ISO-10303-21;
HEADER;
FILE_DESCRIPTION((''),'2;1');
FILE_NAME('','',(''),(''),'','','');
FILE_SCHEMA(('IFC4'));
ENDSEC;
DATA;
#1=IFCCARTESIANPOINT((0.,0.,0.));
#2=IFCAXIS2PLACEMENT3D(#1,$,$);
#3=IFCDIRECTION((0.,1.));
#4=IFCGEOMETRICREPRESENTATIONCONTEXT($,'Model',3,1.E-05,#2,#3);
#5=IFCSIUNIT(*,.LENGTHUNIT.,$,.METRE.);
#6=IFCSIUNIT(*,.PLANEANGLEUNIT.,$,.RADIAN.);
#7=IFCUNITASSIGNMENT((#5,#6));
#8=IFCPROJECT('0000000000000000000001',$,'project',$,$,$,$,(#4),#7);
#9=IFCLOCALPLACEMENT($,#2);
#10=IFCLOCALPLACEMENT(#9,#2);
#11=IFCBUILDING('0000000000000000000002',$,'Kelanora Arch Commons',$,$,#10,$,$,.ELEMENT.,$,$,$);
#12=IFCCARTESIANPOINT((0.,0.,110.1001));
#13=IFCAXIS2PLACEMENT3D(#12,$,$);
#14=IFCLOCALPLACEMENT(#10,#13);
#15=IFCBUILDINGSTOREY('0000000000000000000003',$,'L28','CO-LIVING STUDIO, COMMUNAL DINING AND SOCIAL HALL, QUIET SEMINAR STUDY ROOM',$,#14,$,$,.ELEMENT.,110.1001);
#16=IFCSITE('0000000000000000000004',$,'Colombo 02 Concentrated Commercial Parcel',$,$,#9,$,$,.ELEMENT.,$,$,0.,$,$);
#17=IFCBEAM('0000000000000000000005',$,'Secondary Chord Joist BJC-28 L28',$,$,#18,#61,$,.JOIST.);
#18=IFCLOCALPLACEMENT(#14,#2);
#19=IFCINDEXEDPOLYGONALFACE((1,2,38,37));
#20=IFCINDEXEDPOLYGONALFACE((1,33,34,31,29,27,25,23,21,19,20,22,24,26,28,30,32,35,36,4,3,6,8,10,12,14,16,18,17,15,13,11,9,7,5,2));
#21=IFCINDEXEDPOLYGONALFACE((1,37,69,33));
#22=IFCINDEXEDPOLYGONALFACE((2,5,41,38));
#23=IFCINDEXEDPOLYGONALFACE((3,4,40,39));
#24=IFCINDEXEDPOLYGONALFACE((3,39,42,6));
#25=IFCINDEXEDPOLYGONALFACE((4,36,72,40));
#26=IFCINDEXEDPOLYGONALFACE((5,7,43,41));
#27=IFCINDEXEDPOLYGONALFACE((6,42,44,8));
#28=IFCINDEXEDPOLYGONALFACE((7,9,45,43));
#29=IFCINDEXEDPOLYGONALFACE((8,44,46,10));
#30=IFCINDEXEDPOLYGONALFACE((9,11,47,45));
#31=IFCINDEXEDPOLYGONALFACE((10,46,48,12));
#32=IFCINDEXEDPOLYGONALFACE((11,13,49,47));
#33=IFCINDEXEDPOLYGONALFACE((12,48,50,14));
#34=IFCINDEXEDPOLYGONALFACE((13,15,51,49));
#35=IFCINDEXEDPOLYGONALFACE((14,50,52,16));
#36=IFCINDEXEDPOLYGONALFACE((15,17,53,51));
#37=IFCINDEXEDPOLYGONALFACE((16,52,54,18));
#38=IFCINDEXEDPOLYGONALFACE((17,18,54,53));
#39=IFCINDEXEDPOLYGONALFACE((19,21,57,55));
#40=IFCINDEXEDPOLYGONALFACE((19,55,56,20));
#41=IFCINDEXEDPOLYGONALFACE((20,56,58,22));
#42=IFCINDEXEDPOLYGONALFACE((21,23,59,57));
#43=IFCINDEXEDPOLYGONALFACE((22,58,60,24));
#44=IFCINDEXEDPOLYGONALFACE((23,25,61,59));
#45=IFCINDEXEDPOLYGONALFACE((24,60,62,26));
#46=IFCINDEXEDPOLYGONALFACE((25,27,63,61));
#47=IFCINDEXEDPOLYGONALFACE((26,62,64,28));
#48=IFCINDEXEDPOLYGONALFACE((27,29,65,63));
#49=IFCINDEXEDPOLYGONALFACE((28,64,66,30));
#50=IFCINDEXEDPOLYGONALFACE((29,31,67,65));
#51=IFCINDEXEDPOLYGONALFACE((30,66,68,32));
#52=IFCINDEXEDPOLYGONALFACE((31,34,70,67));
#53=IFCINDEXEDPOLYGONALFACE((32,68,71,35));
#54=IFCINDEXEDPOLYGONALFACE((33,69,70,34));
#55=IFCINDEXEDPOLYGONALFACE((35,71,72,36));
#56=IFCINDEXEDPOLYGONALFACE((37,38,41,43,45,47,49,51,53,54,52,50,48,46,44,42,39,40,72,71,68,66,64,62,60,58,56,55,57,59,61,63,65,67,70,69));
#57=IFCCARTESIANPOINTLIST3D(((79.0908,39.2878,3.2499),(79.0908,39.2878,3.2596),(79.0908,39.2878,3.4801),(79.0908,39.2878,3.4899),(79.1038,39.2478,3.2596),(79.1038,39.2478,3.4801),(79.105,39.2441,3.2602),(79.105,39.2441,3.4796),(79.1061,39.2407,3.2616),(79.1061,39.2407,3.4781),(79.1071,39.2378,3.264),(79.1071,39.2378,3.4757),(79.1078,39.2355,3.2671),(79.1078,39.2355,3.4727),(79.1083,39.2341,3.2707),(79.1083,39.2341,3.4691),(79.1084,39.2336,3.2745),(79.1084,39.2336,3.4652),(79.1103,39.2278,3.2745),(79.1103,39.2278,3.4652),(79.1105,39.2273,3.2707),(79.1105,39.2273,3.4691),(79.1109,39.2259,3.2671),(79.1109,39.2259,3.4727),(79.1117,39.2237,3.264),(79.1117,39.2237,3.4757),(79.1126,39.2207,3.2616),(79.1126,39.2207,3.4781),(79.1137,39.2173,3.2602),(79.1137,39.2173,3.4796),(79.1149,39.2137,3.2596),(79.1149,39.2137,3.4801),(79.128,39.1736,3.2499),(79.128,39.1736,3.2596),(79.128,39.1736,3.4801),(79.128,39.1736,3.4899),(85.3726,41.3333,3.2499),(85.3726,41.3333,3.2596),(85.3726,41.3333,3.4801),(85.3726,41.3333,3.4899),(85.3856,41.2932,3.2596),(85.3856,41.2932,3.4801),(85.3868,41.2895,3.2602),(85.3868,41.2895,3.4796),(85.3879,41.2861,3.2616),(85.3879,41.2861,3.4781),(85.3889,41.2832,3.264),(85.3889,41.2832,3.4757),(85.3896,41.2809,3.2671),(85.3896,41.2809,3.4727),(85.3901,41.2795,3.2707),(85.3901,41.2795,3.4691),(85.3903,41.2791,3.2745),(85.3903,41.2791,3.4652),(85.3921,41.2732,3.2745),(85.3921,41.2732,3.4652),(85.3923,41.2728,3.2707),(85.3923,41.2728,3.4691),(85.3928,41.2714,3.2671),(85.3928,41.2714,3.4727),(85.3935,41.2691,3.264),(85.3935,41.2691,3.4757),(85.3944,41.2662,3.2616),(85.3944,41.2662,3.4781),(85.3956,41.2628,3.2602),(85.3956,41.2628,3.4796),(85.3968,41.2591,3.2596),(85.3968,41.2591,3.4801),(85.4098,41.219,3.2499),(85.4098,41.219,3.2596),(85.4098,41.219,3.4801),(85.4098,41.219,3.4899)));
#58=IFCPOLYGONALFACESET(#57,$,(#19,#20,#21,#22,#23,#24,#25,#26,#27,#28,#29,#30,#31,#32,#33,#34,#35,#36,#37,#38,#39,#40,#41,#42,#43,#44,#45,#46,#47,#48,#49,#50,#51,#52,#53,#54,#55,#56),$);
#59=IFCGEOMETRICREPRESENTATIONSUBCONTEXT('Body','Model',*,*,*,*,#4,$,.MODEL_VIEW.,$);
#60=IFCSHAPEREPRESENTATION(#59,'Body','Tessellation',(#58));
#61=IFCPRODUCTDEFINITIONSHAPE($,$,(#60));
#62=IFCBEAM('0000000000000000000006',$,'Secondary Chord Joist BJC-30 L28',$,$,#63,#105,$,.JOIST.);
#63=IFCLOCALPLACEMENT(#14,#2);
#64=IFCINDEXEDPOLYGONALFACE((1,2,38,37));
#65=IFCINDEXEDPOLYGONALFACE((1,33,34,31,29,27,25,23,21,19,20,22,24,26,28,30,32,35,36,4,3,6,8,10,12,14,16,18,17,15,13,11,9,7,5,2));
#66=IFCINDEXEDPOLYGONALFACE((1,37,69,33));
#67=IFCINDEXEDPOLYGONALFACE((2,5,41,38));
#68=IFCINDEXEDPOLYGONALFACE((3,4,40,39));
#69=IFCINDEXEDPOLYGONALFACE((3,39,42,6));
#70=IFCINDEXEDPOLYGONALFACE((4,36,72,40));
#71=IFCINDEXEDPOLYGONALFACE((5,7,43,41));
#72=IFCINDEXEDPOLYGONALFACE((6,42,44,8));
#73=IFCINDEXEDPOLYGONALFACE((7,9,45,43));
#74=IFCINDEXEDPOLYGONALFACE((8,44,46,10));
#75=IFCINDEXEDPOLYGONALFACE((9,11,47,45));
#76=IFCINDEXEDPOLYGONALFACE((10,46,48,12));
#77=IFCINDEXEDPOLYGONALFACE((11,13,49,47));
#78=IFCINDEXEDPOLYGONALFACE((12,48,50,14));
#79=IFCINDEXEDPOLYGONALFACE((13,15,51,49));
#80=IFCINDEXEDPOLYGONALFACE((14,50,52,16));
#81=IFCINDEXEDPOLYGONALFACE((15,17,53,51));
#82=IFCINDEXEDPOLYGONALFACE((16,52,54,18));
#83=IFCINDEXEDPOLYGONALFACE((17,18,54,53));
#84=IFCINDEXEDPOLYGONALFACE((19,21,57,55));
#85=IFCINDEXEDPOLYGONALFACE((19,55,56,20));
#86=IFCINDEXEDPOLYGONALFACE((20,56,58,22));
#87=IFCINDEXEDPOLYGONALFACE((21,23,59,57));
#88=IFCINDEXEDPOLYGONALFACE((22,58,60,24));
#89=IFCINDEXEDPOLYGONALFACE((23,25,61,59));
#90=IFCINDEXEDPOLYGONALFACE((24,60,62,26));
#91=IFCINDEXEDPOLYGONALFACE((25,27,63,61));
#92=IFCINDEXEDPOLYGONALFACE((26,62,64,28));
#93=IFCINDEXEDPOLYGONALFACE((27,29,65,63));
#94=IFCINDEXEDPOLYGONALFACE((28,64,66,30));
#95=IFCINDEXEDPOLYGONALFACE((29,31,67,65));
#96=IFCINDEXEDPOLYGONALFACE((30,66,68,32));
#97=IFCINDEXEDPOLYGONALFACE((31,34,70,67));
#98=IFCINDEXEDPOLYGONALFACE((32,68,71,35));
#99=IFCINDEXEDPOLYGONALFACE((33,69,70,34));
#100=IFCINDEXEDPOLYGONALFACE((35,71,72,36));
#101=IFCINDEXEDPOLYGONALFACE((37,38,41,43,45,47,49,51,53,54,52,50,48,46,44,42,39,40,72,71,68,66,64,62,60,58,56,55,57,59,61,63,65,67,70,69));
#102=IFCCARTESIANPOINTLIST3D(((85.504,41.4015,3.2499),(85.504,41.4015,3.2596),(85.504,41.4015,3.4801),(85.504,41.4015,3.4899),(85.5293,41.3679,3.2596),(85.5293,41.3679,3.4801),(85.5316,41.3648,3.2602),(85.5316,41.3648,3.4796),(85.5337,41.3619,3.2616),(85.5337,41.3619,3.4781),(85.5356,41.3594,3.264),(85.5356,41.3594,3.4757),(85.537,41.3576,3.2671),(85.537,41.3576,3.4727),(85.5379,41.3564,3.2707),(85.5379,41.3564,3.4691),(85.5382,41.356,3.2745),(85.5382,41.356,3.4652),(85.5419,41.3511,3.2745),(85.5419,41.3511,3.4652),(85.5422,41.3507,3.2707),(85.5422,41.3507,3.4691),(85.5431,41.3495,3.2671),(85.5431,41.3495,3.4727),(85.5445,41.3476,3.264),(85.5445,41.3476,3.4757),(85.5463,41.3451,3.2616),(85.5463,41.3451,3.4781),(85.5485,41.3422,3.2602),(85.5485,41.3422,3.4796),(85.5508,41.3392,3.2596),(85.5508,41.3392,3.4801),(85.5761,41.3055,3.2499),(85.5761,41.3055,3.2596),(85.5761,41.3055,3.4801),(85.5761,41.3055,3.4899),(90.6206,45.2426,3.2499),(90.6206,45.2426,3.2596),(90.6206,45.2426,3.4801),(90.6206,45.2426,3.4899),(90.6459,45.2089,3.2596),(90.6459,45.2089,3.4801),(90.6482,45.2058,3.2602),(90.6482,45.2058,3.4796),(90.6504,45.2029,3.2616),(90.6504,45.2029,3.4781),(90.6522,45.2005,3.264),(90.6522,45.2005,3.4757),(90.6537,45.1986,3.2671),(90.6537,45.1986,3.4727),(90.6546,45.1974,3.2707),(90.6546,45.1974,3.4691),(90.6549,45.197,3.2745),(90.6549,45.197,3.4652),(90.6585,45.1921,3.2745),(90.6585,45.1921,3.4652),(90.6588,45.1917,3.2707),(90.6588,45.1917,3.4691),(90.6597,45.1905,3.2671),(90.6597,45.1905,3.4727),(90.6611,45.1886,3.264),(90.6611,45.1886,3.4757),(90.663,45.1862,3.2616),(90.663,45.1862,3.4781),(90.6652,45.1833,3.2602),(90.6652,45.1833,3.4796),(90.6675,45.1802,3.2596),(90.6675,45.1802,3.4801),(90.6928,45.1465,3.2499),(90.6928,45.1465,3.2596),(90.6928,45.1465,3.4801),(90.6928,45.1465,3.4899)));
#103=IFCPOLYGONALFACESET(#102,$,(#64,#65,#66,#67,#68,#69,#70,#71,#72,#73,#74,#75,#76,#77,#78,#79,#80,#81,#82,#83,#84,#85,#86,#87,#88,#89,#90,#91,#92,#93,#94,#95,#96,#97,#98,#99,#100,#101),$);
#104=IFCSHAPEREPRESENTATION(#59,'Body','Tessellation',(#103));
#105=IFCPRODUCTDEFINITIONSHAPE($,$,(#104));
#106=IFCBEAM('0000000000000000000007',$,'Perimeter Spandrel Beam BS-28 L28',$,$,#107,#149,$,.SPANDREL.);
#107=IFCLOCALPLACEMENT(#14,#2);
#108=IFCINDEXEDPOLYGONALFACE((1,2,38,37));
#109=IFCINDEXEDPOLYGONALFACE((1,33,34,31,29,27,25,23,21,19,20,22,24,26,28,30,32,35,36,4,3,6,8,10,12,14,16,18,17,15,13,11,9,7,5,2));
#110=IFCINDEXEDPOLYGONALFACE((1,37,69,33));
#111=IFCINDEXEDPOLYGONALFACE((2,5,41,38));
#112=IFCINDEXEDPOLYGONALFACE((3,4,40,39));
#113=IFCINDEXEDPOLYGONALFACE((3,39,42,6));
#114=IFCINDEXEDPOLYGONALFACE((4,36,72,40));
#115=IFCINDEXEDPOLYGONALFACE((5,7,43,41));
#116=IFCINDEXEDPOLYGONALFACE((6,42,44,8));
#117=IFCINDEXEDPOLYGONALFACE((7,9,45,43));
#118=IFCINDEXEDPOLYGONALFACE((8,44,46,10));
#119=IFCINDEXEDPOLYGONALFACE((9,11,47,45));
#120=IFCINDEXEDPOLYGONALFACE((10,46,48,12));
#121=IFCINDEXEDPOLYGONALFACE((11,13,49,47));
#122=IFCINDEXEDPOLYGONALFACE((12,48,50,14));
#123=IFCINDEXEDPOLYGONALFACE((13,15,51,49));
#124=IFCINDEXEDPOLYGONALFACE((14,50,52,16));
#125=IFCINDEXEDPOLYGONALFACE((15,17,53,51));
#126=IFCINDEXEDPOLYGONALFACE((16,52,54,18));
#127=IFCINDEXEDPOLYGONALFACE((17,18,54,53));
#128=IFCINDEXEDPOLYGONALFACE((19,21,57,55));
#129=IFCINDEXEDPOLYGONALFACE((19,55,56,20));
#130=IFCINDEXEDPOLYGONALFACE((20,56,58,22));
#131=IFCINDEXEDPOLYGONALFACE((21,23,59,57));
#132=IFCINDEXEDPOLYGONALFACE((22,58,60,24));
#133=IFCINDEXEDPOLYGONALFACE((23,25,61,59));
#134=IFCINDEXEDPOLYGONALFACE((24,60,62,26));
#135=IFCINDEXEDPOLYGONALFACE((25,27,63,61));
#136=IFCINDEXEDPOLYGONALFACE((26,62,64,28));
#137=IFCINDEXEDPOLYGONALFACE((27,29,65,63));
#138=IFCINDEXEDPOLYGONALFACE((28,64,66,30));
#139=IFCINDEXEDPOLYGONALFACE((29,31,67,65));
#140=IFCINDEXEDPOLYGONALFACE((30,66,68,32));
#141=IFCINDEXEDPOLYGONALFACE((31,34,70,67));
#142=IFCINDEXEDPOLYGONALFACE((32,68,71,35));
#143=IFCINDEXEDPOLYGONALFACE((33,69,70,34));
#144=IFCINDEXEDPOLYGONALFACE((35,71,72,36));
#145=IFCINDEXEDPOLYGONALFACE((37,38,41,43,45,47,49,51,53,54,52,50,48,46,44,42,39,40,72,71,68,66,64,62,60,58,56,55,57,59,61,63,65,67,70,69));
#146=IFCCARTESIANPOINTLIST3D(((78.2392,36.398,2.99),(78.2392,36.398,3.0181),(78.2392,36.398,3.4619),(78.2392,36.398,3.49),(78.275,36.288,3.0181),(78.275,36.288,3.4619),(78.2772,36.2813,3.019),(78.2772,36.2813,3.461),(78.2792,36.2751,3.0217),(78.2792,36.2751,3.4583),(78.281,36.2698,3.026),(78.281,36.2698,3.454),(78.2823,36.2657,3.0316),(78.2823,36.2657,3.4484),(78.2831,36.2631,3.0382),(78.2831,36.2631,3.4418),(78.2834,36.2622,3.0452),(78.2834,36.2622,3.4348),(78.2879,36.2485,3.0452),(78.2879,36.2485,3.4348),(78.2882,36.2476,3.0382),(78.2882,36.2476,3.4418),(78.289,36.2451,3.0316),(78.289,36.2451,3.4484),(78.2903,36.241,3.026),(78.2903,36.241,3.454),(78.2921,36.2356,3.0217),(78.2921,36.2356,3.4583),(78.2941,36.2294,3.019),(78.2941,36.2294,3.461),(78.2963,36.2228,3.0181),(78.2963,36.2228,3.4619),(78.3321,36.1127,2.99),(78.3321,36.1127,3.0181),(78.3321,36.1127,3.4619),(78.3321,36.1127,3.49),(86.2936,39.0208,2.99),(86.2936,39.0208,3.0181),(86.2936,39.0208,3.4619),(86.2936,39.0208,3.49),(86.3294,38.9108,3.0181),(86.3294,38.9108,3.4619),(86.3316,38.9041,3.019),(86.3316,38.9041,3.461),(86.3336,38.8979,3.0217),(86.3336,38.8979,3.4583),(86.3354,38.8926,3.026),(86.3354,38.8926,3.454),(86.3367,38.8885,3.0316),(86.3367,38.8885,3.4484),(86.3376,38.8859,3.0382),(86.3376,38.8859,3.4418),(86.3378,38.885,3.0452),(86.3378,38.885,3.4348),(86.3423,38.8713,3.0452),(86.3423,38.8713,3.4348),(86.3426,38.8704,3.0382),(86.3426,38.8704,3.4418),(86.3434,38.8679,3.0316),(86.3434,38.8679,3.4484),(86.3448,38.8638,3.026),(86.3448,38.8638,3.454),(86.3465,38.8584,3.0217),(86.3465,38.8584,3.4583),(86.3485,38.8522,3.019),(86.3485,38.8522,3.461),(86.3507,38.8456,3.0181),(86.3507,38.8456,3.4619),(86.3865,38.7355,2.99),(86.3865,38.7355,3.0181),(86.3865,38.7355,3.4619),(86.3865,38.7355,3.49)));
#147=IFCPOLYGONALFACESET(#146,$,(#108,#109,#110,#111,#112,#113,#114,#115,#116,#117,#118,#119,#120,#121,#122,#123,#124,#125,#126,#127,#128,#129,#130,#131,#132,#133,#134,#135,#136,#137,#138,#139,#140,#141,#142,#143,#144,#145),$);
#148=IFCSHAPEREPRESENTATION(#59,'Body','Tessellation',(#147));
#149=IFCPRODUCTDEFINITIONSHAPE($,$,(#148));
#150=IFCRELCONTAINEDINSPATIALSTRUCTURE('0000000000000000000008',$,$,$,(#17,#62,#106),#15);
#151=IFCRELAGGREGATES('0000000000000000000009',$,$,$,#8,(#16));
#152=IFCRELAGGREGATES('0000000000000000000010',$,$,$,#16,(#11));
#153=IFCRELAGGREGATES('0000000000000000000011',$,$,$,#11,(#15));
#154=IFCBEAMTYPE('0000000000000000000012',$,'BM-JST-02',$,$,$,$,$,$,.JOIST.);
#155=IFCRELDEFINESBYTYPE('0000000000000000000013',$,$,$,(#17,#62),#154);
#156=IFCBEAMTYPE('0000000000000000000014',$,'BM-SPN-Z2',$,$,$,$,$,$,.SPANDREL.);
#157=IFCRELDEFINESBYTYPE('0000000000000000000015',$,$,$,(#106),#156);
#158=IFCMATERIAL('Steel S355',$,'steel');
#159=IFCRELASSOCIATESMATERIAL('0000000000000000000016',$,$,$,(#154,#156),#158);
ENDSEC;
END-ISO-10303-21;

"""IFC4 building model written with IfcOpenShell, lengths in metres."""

from ifc_helpers import new_model, si_unit, direction, frame, origin, origin_2d, place, context, subcontext, project, spatial, i_section, extrude, material, material_profile, profile_set, type_object, element, save


model = new_model("IFC4")

# Units and contexts
model_context = context("Model", 3, precision=1e-05, world=origin(), true_north=direction((0.0, 1.0)))
body_context = subcontext(model_context, "Body", "Model", "MODEL_VIEW")
ifc_project = project(units=[si_unit("LENGTHUNIT", "METRE"), si_unit("PLANEANGLEUNIT", "RADIAN")], contexts=[model_context])

# Site, building, storey
site_placement = place(None, origin())
site = spatial("IfcSite", under=ifc_project, at=site_placement, Name="Colombo 02 Concentrated Commercial Parcel", CompositionType="ELEMENT", RefElevation=0.0)
building_placement = place(site_placement, origin())
building = spatial("IfcBuilding", under=site, at=building_placement, Name="Kelanora Arch Commons", CompositionType="ELEMENT")
storey_placement = place(building_placement, frame((0.0, 0.0, 110.1001)))
storey = spatial("IfcBuildingStorey", under=building, at=storey_placement, Name="L28", Description="CO-LIVING STUDIO, COMMUNAL DINING AND SOCIAL HALL, QUIET SEMINAR STUDY ROOM", CompositionType="ELEMENT", Elevation=110.1001)

# Beams
ifc_material_1 = material(Name="Steel S355", Category="steel")
ifc_material_profile_1 = material_profile(ifc_material_1, i_section(OverallWidth=0.1201, OverallDepth=0.24, WebThickness=0.0061, FlangeThickness=0.0098, FilletRadius=0.0149, at=origin_2d()), Name="IPE240")
ifc_profile_set_1 = profile_set([ifc_material_profile_1], Name="Steel S355")
beam_type_1 = type_object("IfcBeamType", Name="BM-JST-02", PredefinedType="JOIST", material=ifc_profile_set_1)
beam_1_placement = place(storey_placement, frame((79.1094, 39.2307, 3.3699), z_axis=(0.950863, 0.309612, 0.0), x_axis=(-0.309612, 0.950863, 0.0)))
element("IfcBeam", 1, at=beam_1_placement, inside=storey, type_object=beam_type_1, Name="Secondary Chord Joist BJC-28 L28", PredefinedType="JOIST", context=body_context, shape_type="SweptSolid", body=[
    extrude(i_section(OverallWidth=0.1201, OverallDepth=0.24, WebThickness=0.0061, FlangeThickness=0.0098, FilletRadius=0.0149, at=origin_2d()), origin(), (0.0, 0.0, 1.0), 6.6064),
])
beam_2_placement = place(storey_placement, frame((85.54, 41.3535, 3.3699), z_axis=(0.799734, 0.600354, 0.0), x_axis=(-0.600354, 0.799734, 0.0)))
element("IfcBeam", 2, at=beam_2_placement, inside=storey, type_object=beam_type_1, Name="Secondary Chord Joist BJC-30 L28", PredefinedType="JOIST", context=body_context, shape_type="SweptSolid", body=[
    extrude(i_section(OverallWidth=0.1201, OverallDepth=0.24, WebThickness=0.0061, FlangeThickness=0.0098, FilletRadius=0.0149, at=origin_2d()), origin(), (0.0, 0.0, 1.0), 6.3979),
])
ifc_material_profile_2 = material_profile(ifc_material_1, i_section(OverallWidth=0.3, OverallDepth=0.5, WebThickness=0.0144, FlangeThickness=0.0281, FilletRadius=0.0271, at=origin_2d()), Name="HEB500")
ifc_profile_set_2 = profile_set([ifc_material_profile_2], Name="Steel S355")
beam_type_2 = type_object("IfcBeamType", Name="BM-SPN-Z2", PredefinedType="SPANDREL", material=ifc_profile_set_2)
beam_3_placement = place(storey_placement, frame((78.2856, 36.2554, 3.24), z_axis=(0.950857, 0.309631, 0.0), x_axis=(-0.309631, 0.950857, 0.0)))
element("IfcBeam", 3, at=beam_3_placement, inside=storey, type_object=beam_type_2, Name="Perimeter Spandrel Beam BS-28 L28", PredefinedType="SPANDREL", context=body_context, shape_type="SweptSolid", body=[
    extrude(i_section(OverallWidth=0.3, OverallDepth=0.5, WebThickness=0.0144, FlangeThickness=0.0281, FilletRadius=0.0271, at=origin_2d()), origin(), (0.0, 0.0, 1.0), 8.4707),
])

save(model, "model.ifc")
